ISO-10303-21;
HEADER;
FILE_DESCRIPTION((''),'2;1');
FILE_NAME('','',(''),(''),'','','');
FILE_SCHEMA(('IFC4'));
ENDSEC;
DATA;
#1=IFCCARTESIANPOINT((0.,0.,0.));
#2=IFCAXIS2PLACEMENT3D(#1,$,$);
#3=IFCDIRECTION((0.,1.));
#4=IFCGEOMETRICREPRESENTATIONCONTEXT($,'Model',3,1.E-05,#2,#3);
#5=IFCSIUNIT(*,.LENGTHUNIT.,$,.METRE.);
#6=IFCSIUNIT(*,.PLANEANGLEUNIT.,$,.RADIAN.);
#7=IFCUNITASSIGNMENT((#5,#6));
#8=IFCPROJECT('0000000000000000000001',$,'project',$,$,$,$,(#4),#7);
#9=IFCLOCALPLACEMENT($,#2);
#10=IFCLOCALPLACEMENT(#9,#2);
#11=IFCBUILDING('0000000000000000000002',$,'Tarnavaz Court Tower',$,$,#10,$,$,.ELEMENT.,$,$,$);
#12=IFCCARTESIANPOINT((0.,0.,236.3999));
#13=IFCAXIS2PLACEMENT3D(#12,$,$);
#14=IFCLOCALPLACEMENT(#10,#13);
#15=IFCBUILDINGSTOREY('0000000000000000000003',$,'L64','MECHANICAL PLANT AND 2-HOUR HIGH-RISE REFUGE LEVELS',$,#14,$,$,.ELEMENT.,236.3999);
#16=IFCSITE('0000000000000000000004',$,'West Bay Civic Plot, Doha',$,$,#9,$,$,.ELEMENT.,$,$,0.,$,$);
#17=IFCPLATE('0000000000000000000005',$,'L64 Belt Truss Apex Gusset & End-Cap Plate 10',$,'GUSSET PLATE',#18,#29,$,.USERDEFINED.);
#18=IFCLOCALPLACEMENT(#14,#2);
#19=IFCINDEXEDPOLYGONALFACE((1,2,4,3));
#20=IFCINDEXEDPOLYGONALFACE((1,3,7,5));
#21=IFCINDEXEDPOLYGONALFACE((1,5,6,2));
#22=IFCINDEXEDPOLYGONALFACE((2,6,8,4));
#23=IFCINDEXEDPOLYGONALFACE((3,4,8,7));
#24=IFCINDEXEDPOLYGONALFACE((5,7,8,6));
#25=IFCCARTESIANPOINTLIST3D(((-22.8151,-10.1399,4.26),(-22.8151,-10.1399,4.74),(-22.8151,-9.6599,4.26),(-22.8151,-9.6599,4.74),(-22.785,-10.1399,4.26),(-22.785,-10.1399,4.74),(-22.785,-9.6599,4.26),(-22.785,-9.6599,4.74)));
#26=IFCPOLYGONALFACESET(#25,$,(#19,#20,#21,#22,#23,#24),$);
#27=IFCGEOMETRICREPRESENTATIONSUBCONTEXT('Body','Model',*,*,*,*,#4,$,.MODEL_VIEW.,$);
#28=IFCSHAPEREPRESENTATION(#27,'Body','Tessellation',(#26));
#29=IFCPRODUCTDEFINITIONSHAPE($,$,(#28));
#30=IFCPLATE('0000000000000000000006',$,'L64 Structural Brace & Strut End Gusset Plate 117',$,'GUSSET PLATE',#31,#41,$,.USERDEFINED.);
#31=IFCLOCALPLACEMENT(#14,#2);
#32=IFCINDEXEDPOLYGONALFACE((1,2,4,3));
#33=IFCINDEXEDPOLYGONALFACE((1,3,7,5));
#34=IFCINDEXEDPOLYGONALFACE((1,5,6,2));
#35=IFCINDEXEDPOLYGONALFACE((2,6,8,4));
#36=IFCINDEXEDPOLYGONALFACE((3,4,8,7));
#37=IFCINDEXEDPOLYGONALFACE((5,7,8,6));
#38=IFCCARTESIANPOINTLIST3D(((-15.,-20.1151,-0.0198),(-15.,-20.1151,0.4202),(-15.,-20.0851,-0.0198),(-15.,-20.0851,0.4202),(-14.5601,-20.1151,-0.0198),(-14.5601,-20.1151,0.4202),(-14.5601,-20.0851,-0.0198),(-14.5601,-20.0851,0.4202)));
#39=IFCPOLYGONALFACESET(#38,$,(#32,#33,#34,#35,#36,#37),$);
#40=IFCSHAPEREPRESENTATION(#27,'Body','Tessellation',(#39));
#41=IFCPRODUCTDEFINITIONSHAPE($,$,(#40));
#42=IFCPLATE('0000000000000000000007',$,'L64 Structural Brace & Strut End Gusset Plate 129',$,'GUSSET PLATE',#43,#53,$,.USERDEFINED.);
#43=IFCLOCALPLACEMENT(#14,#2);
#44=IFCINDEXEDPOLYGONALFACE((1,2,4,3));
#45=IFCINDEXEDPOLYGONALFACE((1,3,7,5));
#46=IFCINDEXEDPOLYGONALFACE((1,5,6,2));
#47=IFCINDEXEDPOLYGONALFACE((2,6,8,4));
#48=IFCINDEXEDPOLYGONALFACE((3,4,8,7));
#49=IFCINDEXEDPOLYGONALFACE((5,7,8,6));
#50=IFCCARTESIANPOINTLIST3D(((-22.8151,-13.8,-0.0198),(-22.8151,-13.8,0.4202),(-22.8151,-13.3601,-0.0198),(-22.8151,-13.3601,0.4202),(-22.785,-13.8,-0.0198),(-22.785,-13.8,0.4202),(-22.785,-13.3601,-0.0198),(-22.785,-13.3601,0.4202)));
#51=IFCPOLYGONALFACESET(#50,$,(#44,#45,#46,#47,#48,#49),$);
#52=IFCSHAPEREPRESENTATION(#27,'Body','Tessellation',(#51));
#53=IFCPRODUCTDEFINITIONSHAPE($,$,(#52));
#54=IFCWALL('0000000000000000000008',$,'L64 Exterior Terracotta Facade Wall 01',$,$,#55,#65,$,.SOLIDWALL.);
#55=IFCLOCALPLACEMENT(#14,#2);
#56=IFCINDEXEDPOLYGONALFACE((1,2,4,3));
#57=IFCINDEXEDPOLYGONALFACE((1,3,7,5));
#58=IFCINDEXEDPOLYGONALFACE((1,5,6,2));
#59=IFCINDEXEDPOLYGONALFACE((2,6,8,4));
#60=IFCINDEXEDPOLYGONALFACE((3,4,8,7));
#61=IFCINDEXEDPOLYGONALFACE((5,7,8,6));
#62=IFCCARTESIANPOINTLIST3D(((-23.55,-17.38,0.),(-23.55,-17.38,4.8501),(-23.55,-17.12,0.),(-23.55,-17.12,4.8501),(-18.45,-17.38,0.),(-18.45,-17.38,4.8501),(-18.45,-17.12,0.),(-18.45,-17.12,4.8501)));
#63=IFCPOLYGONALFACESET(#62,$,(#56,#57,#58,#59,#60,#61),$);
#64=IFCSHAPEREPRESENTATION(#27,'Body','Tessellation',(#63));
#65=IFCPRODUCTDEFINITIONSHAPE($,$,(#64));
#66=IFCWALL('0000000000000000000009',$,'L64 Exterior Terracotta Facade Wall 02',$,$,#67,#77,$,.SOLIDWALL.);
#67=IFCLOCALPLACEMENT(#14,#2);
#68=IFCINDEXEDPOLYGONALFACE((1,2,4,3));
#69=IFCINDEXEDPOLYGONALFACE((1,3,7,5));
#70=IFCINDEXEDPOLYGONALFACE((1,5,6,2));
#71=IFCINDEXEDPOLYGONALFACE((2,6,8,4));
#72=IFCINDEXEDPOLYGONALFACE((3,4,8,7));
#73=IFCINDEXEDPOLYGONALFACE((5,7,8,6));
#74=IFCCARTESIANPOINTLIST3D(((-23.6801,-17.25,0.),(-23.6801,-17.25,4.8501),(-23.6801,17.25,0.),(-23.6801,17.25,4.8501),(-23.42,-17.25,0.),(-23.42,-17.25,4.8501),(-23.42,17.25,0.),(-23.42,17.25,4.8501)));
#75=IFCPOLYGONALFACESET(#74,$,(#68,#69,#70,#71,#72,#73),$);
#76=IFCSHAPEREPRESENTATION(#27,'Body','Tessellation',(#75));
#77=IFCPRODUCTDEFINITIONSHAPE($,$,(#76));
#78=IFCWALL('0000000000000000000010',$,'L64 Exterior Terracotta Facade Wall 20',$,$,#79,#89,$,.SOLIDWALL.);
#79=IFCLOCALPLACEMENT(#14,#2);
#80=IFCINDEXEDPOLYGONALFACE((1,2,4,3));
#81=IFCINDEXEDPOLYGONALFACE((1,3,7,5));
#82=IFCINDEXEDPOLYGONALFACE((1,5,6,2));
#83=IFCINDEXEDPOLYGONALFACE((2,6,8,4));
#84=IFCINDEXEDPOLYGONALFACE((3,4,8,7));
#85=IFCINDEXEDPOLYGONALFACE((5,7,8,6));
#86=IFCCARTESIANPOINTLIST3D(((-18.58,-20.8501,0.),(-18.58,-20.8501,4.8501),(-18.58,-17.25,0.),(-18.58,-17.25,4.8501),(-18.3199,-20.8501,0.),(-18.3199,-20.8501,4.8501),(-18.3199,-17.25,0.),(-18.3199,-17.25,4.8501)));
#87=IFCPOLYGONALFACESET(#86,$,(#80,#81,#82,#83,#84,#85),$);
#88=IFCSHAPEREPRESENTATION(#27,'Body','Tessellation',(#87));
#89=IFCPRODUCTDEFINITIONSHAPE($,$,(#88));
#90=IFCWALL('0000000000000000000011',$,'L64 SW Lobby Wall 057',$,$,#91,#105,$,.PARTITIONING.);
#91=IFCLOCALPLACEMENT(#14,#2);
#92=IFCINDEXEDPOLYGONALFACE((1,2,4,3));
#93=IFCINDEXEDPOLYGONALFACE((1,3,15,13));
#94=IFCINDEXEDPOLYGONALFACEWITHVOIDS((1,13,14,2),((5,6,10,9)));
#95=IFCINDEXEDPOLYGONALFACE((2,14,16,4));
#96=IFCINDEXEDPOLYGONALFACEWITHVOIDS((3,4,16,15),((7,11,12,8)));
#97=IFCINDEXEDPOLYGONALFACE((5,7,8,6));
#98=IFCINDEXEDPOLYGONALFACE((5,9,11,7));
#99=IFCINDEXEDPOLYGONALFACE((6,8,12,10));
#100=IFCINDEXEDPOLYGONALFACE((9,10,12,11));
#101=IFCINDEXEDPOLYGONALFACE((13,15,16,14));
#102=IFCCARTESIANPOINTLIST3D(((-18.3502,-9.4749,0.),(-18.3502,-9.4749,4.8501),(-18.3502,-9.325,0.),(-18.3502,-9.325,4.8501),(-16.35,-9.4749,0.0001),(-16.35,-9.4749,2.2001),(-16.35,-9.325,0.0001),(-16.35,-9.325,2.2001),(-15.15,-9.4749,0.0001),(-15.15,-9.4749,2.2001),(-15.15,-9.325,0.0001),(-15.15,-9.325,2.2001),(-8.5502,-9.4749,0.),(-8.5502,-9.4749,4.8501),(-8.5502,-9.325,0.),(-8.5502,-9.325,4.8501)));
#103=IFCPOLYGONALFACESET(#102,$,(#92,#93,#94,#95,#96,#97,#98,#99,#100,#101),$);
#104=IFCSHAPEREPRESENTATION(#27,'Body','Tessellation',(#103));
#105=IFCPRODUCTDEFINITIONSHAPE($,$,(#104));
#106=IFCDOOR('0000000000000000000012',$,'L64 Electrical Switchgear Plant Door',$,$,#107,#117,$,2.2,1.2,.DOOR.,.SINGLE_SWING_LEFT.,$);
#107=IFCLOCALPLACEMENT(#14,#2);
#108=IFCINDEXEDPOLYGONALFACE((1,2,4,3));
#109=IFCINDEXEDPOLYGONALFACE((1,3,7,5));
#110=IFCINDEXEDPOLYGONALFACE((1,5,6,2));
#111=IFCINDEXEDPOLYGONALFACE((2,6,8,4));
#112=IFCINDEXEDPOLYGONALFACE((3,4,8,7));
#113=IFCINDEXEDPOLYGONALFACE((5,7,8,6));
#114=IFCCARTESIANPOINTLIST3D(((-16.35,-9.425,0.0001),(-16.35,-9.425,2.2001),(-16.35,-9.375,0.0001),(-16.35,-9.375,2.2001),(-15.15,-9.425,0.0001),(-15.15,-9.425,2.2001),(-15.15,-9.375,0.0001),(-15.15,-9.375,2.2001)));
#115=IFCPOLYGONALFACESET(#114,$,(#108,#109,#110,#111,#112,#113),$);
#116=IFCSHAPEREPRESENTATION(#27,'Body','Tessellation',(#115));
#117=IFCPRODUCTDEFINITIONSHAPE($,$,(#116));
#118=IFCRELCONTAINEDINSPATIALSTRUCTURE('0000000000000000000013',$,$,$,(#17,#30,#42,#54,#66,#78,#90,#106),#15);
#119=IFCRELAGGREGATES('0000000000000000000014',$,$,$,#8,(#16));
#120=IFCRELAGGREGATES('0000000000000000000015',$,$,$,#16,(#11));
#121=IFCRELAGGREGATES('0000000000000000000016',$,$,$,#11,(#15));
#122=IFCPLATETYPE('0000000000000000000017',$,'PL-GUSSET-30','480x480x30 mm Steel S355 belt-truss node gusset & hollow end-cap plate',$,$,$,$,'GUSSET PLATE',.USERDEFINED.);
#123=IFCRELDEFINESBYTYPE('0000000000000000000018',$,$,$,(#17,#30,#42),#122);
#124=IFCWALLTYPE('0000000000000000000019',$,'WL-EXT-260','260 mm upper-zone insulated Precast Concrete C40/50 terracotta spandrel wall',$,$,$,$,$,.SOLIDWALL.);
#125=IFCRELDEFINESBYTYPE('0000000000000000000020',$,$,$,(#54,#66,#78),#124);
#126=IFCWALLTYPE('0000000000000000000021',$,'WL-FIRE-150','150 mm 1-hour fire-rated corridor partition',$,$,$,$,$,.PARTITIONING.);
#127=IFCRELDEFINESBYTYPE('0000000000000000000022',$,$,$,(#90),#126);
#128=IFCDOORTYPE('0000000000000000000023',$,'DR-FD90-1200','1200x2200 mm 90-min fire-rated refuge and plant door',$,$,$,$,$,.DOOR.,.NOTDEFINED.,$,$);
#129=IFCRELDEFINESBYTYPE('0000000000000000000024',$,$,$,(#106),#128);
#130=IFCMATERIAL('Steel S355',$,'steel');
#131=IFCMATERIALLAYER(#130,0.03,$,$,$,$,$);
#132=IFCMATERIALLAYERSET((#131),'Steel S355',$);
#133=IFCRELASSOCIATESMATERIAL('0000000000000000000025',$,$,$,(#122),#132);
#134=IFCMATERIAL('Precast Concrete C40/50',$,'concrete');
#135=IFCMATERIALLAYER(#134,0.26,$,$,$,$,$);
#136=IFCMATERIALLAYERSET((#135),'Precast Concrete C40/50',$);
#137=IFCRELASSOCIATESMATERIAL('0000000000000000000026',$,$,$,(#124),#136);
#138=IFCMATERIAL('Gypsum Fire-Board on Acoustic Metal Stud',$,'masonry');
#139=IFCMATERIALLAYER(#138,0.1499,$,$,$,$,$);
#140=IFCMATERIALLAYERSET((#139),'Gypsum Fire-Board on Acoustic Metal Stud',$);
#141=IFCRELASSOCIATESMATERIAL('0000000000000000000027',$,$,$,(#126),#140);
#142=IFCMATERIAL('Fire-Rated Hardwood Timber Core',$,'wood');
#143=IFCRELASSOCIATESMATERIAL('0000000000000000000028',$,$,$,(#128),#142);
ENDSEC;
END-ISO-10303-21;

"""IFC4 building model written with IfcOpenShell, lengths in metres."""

from ifc_helpers import new_model, si_unit, direction, frame, frame_2d, origin, origin_2d, place, context, subcontext, project, spatial, rectangle, extrude, material, layer, layer_set, type_object, element, fill, save


model = new_model("IFC4")

# Units and contexts
model_context = context("Model", 3, precision=1e-05, world=origin(), true_north=direction((0.0, 1.0)))
body_context = subcontext(model_context, "Body", "Model", "MODEL_VIEW")
ifc_project = project(units=[si_unit("LENGTHUNIT", "METRE"), si_unit("PLANEANGLEUNIT", "RADIAN")], contexts=[model_context])

# Site, building, storey
site_placement = place(None, origin())
site = spatial("IfcSite", under=ifc_project, at=site_placement, Name="West Bay Civic Plot, Doha", CompositionType="ELEMENT", RefElevation=0.0)
building_placement = place(site_placement, origin())
building = spatial("IfcBuilding", under=site, at=building_placement, Name="Tarnavaz Court Tower", CompositionType="ELEMENT")
storey_placement = place(building_placement, frame((0.0, 0.0, 236.3999)))
storey = spatial("IfcBuildingStorey", under=building, at=storey_placement, Name="L64", Description="MECHANICAL PLANT AND 2-HOUR HIGH-RISE REFUGE LEVELS", CompositionType="ELEMENT", Elevation=236.3999)

# Shared definitions
ifc_material_1 = material(Name="Steel S355", Category="steel")

# Plates
ifc_layer_1 = layer(ifc_material_1, 0.03)
ifc_layer_set_1 = layer_set([ifc_layer_1], Name="Steel S355")
plate_type = type_object("IfcPlateType", Name="PL-GUSSET-30", Description="480x480x30 mm Steel S355 belt-truss node gusset & hollow end-cap plate", ElementType="GUSSET PLATE", PredefinedType="USERDEFINED", material=ifc_layer_set_1)
plate_placement = place(storey_placement, frame((-22.8, -9.8999, 4.26), z_axis=(0.0, 0.0, 1.0), x_axis=(0.0, 1.0, 0.0)))
element("IfcPlate", 1, at=plate_placement, inside=storey, type_object=plate_type, Name="L64 Belt Truss Apex Gusset & End-Cap Plate 10", ObjectType="GUSSET PLATE", PredefinedType="USERDEFINED", context=body_context, shape_type="SweptSolid", body=[
    extrude(rectangle(XDim=0.48, YDim=0.03, at=origin_2d()), origin(), (0.0, 0.0, 1.0), 0.48),
])
for number, where, z_axis, x_axis, name in (
    (2, (-14.78, -20.1001, -0.0198), (0.0, 0.0, 1.0), (1.0, 0.0, 0.0), "L64 Structural Brace & Strut End Gusset Plate 117"),
    (3, (-22.8, -13.5801, -0.0198), (0.0, 0.0, 1.0), (0.0, 1.0, 0.0), "L64 Structural Brace & Strut End Gusset Plate 129"),
):
    element("IfcPlate", number, at=place(storey_placement, frame(where, z_axis=z_axis, x_axis=x_axis)), inside=storey, type_object=plate_type, Name=name, ObjectType="GUSSET PLATE", PredefinedType="USERDEFINED", context=body_context, shape_type="SweptSolid", body=[
        extrude(rectangle(XDim=0.4399, YDim=0.03, at=origin_2d()), origin(), (0.0, 0.0, 1.0), 0.4399),
    ])

# Walls
ifc_material_2 = material(Name="Precast Concrete C40/50", Category="concrete")
ifc_layer_2 = layer(ifc_material_2, 0.26)
ifc_layer_set_2 = layer_set([ifc_layer_2], Name="Precast Concrete C40/50")
wall_type_1 = type_object("IfcWallType", Name="WL-EXT-260", Description="260 mm upper-zone insulated Precast Concrete C40/50 terracotta spandrel wall", PredefinedType="SOLIDWALL", material=ifc_layer_set_2)
wall_1_placement = place(storey_placement, frame((-18.45, -17.25, 0.0), z_axis=(0.0, 0.0, 1.0), x_axis=(-1.0, 0.0, 0.0)))
element("IfcWall", 4, at=wall_1_placement, inside=storey, type_object=wall_type_1, Name="L64 Exterior Terracotta Facade Wall 01", PredefinedType="SOLIDWALL", context=body_context, shape_type="SweptSolid", body=[
    extrude(rectangle(XDim=5.1001, YDim=0.26, at=frame_2d((2.55, 0.0))), origin(), (0.0, 0.0, 1.0), 4.8501),
])
wall_2_placement = place(storey_placement, frame((-23.55, -17.25, 0.0), z_axis=(0.0, 0.0, 1.0), x_axis=(0.0, 1.0, 0.0)))
element("IfcWall", 5, at=wall_2_placement, inside=storey, type_object=wall_type_1, Name="L64 Exterior Terracotta Facade Wall 02", PredefinedType="SOLIDWALL", context=body_context, shape_type="SweptSolid", body=[
    extrude(rectangle(XDim=34.5, YDim=0.26, at=frame_2d((17.25, 0.0))), origin(), (0.0, 0.0, 1.0), 4.8501),
])
wall_3_placement = place(storey_placement, frame((-18.45, -20.8501, 0.0), z_axis=(0.0, 0.0, 1.0), x_axis=(0.0, 1.0, 0.0)))
element("IfcWall", 6, at=wall_3_placement, inside=storey, type_object=wall_type_1, Name="L64 Exterior Terracotta Facade Wall 20", PredefinedType="SOLIDWALL", context=body_context, shape_type="SweptSolid", body=[
    extrude(rectangle(XDim=3.6001, YDim=0.26, at=frame_2d((1.8, 0.0))), origin(), (0.0, 0.0, 1.0), 4.8501),
])

# Wall, opening, door
ifc_material_3 = material(Name="Gypsum Fire-Board on Acoustic Metal Stud", Category="masonry")
ifc_layer_3 = layer(ifc_material_3, 0.1499)
ifc_layer_set_3 = layer_set([ifc_layer_3], Name="Gypsum Fire-Board on Acoustic Metal Stud")
wall_type_2 = type_object("IfcWallType", Name="WL-FIRE-150", Description="150 mm 1-hour fire-rated corridor partition", PredefinedType="PARTITIONING", material=ifc_layer_set_3)
wall_4_placement = place(storey_placement, frame((-18.3501, -9.3999, 0.0), z_axis=(0.0, 0.0, 1.0), x_axis=(1.0, 0.0, 0.0)))
wall_4 = element("IfcWall", 7, at=wall_4_placement, inside=storey, type_object=wall_type_2, Name="L64 SW Lobby Wall 057", PredefinedType="PARTITIONING", context=body_context, shape_type="SweptSolid", body=[
    extrude(rectangle(XDim=9.8, YDim=0.1499, at=frame_2d((4.8999, 0.0))), origin(), (0.0, 0.0, 1.0), 4.8501),
])
opening_placement = place(wall_4_placement, frame((2.0, 0.0, 0.0)))
opening = element("IfcOpeningElement", 8, at=opening_placement, cuts=wall_4, PredefinedType="OPENING", context=body_context, shape_type="SweptSolid", body=[
    extrude(rectangle(XDim=1.2, YDim=2.2, at=frame_2d((0.6001, 1.1001))), frame((0.0, 0.085, 0.0), z_axis=(0.0, -1.0, 0.0), x_axis=(1.0, 0.0, 0.0)), (0.0, 0.0, 1.0), 0.1699),
])
ifc_material_4 = material(Name="Fire-Rated Hardwood Timber Core", Category="wood")
door_type = type_object("IfcDoorType", Name="DR-FD90-1200", Description="1200x2200 mm 90-min fire-rated refuge and plant door", OperationType="NOTDEFINED", PredefinedType="DOOR", material=ifc_material_4)
door_placement = place(opening_placement, origin())
door = element("IfcDoor", 9, at=door_placement, inside=storey, type_object=door_type, Name="L64 Electrical Switchgear Plant Door", OperationType="SINGLE_SWING_LEFT", OverallHeight=2.2, OverallWidth=1.2, PredefinedType="DOOR", context=body_context, shape_type="SweptSolid", body=[
    extrude(rectangle(XDim=1.2, YDim=2.2, at=frame_2d((0.6001, 1.1001))), frame((0.0, 0.0249, 0.0), z_axis=(0.0, -1.0, 0.0), x_axis=(1.0, 0.0, 0.0)), (0.0, 0.0, 1.0), 0.05),
])
fill(opening, door)

save(model, "model.ifc")
